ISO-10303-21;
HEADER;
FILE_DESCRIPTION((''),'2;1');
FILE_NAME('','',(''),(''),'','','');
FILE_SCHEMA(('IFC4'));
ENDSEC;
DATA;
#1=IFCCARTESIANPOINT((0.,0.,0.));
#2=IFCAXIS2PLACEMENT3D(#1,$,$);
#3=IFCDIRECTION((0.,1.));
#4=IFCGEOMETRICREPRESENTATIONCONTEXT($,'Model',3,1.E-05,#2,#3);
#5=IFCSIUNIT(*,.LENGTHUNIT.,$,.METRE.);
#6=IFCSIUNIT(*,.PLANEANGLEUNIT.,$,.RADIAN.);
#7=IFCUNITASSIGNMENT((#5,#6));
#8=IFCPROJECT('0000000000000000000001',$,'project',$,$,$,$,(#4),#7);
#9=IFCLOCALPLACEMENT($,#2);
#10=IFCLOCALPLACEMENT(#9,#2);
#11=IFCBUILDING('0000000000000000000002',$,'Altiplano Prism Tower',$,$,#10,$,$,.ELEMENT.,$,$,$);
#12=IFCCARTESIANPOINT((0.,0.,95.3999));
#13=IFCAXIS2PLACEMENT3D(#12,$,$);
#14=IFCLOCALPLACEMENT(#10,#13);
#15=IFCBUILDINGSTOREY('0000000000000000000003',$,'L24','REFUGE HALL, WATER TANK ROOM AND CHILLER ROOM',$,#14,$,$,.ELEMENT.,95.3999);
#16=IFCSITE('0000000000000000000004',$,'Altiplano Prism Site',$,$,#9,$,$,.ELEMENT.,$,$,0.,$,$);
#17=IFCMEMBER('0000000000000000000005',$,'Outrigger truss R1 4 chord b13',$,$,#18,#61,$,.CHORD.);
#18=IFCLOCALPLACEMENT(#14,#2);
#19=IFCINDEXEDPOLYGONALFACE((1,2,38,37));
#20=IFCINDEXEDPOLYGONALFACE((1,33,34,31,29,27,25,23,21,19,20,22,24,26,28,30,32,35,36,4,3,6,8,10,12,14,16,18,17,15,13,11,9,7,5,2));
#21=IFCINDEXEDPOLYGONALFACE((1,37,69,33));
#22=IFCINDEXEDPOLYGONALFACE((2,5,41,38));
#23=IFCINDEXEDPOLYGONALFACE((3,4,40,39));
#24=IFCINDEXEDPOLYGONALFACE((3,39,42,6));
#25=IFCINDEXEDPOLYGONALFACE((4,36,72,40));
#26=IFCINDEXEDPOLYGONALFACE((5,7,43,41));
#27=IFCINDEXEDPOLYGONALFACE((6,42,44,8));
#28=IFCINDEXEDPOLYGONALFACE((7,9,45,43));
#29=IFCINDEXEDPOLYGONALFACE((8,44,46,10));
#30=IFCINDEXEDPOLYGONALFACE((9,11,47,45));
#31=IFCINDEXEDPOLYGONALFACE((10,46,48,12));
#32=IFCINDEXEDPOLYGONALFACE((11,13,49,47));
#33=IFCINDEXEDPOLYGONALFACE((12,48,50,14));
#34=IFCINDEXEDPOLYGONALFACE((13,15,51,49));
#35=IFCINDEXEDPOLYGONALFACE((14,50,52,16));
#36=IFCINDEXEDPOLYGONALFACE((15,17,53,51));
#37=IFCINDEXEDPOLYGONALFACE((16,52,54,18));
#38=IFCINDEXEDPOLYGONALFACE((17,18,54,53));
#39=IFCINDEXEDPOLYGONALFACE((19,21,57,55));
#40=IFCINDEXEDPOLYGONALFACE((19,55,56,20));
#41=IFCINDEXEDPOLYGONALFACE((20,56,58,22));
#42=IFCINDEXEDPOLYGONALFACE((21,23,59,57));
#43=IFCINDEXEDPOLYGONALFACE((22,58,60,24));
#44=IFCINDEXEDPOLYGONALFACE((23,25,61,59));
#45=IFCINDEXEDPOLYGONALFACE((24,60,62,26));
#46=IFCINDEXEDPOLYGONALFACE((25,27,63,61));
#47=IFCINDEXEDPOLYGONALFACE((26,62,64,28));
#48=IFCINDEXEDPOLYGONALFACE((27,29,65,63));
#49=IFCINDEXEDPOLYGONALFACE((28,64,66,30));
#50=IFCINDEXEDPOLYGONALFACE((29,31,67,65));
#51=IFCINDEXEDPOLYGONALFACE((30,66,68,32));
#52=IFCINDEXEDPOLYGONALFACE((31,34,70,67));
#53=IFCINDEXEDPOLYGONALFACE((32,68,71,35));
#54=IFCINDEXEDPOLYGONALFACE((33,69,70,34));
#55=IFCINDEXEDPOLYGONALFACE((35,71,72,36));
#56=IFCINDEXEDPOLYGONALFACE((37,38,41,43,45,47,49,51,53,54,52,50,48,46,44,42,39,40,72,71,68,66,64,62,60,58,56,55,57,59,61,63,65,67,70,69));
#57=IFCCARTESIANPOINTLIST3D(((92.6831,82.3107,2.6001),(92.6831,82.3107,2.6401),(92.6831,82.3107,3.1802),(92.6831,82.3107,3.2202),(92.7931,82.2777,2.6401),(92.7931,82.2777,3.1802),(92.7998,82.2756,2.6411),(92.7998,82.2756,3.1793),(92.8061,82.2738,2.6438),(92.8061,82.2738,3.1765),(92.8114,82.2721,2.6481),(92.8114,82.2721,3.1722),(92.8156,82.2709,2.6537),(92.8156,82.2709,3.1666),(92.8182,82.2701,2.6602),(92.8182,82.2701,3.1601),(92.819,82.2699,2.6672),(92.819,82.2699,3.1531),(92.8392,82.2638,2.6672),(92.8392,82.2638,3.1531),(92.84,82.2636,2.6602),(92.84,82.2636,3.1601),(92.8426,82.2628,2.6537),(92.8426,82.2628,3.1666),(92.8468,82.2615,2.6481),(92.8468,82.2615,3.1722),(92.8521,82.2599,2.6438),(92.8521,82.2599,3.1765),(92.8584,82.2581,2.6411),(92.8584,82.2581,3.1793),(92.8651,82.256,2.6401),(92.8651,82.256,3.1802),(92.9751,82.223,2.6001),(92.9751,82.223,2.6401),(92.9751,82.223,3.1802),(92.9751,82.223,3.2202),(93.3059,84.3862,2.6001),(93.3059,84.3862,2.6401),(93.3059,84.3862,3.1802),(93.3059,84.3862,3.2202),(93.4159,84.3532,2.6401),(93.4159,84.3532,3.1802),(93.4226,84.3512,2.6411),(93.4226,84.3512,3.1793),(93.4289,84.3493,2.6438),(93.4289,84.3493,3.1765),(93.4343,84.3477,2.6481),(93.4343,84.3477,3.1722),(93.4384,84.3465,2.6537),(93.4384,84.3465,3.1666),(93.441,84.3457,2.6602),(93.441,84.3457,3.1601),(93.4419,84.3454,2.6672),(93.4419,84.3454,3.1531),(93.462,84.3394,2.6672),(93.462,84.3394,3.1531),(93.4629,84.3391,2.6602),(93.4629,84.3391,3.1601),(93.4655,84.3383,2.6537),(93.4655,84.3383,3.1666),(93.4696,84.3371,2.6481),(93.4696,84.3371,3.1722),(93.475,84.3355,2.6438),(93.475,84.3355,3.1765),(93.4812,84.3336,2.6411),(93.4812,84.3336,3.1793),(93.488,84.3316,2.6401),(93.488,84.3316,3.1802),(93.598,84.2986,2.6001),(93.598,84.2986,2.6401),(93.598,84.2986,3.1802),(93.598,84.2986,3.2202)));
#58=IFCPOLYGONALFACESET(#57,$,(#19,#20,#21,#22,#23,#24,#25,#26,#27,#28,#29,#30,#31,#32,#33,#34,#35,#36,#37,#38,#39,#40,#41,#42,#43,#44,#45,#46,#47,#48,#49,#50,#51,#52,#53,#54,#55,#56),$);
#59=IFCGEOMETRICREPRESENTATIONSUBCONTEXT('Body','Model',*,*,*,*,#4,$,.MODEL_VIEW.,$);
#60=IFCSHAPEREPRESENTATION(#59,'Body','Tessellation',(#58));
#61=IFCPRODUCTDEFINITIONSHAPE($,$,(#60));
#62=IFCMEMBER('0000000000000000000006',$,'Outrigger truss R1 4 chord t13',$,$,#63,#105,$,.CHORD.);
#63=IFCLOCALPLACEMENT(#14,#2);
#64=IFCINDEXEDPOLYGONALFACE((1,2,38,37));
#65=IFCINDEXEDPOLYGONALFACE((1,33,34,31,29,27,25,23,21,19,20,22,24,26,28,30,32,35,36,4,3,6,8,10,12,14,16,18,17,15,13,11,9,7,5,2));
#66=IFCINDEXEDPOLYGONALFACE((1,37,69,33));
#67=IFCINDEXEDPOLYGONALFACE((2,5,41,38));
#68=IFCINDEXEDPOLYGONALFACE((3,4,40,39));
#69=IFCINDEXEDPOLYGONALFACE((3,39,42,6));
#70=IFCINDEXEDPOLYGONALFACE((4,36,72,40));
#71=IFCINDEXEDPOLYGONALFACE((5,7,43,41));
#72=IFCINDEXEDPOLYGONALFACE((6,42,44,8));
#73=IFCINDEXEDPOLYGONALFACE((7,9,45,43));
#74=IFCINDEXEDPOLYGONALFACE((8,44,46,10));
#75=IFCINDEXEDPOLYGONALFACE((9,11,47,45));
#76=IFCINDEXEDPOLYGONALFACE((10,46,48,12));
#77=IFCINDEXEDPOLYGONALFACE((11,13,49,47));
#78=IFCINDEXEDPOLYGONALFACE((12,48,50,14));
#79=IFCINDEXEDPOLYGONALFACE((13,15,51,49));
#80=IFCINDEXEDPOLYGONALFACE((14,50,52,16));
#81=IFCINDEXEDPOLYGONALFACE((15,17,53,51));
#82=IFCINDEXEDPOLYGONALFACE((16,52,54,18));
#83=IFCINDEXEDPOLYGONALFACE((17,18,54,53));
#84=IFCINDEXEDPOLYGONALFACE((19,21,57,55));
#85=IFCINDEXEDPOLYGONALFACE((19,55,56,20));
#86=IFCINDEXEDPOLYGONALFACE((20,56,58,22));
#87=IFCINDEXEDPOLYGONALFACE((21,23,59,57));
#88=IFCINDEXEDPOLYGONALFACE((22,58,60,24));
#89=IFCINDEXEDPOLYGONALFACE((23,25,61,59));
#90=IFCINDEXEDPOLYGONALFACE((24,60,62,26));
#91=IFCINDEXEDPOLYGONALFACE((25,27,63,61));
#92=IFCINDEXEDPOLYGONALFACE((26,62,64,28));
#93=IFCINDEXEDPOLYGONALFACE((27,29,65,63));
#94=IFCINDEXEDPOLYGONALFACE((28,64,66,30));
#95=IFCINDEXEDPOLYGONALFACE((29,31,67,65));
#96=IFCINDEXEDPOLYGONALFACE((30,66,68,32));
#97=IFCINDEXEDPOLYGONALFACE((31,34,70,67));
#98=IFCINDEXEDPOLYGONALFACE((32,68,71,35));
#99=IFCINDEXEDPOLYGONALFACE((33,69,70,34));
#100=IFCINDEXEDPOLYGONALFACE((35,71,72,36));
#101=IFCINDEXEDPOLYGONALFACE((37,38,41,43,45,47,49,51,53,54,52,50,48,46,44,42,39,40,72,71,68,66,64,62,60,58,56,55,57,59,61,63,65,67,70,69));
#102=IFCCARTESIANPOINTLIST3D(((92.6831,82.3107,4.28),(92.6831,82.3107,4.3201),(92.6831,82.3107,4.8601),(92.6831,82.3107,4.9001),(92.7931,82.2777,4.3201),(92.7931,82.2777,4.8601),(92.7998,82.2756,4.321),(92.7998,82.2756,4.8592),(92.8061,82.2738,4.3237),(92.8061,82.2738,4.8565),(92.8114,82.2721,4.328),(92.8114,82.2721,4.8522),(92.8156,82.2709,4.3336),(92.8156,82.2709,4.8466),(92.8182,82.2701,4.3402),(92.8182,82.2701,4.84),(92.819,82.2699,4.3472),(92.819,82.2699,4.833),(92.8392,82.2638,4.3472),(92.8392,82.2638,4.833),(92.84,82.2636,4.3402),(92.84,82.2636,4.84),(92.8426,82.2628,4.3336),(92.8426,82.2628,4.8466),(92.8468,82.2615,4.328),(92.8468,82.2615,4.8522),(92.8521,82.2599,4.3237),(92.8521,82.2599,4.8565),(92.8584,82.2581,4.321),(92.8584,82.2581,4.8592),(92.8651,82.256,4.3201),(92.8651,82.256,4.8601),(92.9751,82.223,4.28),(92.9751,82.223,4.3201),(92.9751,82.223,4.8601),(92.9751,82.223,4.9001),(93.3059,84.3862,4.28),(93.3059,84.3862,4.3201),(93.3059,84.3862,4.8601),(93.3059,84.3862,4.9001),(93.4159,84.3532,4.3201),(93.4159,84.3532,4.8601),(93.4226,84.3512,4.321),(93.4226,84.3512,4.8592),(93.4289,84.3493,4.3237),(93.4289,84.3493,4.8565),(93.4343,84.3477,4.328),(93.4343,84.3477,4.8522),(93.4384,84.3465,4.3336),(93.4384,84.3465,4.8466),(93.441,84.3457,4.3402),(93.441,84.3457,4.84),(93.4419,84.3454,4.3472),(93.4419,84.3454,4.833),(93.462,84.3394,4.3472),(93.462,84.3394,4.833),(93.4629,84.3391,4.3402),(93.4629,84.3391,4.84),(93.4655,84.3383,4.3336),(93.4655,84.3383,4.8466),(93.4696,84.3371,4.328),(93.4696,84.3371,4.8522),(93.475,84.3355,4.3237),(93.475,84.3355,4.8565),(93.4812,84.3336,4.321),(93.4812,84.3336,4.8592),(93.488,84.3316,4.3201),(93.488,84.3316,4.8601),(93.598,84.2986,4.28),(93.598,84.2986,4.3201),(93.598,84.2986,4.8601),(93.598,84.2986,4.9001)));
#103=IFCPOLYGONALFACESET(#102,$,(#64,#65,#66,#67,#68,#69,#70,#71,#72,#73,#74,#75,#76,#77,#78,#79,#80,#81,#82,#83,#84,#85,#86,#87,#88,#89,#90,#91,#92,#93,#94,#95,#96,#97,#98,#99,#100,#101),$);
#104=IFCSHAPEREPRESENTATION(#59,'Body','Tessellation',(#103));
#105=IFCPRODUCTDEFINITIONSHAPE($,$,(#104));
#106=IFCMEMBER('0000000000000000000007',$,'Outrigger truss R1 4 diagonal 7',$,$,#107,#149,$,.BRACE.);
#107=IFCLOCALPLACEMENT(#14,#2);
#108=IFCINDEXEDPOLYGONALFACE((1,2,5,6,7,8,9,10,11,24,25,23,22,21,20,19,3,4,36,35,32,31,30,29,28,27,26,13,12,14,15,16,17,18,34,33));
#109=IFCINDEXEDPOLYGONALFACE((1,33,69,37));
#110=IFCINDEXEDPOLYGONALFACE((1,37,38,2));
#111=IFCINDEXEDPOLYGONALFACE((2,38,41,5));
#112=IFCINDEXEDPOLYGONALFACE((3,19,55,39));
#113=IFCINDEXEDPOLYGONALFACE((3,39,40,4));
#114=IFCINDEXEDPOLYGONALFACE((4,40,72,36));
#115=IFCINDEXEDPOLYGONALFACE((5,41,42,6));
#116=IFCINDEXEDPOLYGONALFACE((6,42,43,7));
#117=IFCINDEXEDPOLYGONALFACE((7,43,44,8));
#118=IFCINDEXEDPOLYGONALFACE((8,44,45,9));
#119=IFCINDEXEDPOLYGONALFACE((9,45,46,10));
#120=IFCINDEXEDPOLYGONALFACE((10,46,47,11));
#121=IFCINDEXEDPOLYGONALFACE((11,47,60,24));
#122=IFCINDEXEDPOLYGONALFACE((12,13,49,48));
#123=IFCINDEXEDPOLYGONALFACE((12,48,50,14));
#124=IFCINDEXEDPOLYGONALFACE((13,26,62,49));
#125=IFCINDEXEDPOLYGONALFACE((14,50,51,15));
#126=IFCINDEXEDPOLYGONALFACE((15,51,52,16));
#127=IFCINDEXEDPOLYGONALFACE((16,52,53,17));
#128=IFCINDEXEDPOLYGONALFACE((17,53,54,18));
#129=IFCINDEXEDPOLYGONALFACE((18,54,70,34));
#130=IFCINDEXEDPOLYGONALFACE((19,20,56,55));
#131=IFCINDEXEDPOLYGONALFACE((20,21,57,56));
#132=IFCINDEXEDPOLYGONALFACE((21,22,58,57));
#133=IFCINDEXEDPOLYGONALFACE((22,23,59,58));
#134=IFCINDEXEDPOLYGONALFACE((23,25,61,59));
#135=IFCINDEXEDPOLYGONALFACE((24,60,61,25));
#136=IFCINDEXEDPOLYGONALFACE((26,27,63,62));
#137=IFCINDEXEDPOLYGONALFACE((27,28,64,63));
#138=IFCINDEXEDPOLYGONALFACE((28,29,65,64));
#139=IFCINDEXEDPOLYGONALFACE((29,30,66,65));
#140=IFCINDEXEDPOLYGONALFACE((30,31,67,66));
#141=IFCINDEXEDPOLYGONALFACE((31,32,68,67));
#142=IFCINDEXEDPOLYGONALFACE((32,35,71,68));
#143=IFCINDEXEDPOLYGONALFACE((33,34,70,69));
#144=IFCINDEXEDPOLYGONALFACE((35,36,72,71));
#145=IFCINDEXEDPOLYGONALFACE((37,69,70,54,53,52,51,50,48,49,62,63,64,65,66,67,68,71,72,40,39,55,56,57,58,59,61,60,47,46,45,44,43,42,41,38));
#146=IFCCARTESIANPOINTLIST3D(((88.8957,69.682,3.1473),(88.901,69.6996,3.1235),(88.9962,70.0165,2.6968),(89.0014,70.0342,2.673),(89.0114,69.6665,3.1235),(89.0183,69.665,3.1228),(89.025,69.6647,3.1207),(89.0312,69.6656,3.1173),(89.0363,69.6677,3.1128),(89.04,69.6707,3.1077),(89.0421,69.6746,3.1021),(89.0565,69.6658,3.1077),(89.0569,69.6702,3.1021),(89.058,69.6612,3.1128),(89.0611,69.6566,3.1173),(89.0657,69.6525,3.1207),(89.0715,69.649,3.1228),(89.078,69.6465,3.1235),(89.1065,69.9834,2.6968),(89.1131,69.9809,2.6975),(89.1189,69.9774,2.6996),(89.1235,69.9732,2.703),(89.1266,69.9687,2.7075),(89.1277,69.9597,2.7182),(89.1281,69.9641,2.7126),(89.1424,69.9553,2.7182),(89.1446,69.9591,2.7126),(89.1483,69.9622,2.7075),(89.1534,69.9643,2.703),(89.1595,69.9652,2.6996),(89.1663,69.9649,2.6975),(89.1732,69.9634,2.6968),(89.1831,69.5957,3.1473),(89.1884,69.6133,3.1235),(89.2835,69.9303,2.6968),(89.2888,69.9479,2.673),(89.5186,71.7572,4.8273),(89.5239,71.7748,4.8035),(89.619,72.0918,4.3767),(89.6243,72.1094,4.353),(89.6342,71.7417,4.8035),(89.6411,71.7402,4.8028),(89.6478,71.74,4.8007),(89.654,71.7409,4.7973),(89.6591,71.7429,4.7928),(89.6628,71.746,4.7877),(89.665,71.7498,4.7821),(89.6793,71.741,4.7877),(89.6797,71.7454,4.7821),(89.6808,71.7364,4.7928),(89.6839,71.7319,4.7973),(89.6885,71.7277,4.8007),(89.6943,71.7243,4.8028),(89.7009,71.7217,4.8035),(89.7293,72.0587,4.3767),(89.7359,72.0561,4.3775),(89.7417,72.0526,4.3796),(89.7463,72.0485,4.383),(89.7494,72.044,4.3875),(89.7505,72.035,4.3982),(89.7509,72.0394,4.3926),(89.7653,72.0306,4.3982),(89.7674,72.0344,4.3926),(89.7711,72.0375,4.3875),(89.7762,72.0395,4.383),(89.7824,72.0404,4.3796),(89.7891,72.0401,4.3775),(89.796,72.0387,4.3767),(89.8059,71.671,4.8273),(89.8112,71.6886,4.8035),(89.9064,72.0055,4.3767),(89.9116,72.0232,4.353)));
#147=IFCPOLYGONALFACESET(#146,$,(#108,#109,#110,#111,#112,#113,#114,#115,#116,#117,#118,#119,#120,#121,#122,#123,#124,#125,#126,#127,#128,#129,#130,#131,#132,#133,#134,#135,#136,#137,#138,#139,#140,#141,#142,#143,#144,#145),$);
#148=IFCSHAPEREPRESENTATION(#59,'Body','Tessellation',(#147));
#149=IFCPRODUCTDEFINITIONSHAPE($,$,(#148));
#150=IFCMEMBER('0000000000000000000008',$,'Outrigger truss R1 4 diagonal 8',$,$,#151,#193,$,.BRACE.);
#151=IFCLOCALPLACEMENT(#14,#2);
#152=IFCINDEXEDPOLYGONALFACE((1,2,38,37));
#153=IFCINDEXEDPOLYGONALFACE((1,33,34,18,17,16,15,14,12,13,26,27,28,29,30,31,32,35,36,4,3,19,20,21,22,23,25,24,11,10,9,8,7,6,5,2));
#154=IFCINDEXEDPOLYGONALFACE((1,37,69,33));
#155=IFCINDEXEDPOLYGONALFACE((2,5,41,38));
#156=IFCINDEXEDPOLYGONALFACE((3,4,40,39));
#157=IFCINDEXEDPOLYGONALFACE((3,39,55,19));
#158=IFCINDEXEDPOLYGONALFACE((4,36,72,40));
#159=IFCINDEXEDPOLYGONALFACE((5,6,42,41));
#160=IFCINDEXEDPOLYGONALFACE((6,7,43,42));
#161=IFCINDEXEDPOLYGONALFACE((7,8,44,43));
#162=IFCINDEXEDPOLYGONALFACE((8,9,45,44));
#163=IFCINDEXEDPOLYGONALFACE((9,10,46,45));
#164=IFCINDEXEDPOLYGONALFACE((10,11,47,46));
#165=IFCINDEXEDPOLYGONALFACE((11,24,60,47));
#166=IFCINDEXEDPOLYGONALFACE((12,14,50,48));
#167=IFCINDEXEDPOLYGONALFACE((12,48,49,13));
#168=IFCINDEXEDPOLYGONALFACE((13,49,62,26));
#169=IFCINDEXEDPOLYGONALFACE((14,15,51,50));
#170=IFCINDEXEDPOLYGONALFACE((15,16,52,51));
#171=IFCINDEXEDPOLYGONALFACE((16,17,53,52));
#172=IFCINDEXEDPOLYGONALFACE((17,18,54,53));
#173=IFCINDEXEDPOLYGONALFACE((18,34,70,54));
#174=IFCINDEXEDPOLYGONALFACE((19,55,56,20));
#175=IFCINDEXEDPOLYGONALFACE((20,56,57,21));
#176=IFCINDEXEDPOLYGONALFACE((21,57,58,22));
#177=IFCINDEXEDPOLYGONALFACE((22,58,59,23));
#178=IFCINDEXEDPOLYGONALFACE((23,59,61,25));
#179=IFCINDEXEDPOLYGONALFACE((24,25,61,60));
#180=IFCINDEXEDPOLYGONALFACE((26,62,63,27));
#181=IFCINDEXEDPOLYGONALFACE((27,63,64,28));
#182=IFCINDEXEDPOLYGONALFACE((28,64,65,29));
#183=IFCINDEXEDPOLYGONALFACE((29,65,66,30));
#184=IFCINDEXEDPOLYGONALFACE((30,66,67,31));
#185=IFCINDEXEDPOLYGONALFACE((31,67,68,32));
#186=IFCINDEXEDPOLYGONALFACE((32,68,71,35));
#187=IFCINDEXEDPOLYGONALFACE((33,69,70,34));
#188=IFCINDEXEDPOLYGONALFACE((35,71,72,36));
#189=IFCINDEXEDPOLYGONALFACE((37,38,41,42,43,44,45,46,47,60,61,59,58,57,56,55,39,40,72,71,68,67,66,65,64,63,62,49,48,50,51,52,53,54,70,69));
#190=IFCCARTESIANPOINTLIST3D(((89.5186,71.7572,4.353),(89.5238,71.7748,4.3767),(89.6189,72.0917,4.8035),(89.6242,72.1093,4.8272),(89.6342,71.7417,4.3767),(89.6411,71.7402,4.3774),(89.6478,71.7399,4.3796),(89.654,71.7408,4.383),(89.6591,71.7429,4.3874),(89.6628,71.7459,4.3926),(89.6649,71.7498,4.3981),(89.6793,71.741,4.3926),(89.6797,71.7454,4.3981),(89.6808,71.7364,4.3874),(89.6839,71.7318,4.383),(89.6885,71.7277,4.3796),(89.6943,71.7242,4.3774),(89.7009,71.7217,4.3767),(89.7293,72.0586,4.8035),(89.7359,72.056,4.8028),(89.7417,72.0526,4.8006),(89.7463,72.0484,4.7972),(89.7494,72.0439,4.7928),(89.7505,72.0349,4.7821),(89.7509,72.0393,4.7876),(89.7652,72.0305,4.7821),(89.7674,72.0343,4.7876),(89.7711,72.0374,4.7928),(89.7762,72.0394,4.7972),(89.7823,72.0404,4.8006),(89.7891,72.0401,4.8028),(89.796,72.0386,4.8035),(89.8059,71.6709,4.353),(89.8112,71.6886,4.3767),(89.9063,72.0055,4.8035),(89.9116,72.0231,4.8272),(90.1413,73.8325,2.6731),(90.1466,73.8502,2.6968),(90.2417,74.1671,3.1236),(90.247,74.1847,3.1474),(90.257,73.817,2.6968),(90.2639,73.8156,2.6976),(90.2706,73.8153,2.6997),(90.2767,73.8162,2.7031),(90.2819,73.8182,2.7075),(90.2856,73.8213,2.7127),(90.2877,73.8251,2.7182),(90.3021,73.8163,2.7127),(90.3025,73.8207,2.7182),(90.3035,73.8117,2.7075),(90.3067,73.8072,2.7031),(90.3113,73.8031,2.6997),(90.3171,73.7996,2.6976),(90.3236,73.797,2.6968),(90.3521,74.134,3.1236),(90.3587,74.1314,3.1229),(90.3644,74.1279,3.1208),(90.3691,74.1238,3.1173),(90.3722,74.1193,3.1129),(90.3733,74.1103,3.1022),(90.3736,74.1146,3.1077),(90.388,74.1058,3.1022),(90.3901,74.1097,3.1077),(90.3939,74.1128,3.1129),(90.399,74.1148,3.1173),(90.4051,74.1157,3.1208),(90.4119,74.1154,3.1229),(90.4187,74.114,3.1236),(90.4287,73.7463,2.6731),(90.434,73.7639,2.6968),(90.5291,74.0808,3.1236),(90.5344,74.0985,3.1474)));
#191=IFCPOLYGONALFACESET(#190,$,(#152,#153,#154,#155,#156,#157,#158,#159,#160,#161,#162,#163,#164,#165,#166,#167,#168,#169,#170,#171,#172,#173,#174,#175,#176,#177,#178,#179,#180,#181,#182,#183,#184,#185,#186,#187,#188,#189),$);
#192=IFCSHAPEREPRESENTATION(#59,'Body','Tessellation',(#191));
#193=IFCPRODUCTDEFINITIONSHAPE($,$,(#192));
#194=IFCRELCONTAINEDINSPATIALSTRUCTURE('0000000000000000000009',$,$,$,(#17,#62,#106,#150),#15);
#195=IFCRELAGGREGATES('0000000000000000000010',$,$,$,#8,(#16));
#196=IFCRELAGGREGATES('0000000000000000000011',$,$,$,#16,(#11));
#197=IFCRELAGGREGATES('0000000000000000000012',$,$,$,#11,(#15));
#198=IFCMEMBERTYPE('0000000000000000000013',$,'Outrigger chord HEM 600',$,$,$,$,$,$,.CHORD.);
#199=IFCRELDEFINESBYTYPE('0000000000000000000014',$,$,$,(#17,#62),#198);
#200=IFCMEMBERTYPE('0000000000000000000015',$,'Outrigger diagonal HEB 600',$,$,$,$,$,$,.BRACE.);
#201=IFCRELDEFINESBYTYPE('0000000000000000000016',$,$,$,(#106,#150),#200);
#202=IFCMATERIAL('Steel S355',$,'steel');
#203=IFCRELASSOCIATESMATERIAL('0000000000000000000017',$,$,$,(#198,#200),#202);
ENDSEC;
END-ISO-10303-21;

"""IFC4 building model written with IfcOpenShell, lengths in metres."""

from ifc_helpers import new_model, si_unit, direction, frame, origin, origin_2d, place, context, subcontext, project, spatial, i_section, extrude, material, material_profile, profile_set, type_object, element, save


model = new_model("IFC4")

# Units and contexts
model_context = context("Model", 3, precision=1e-05, world=origin(), true_north=direction((0.0, 1.0)))
body_context = subcontext(model_context, "Body", "Model", "MODEL_VIEW")
ifc_project = project(units=[si_unit("LENGTHUNIT", "METRE"), si_unit("PLANEANGLEUNIT", "RADIAN")], contexts=[model_context])

# Site, building, storey
site_placement = place(None, origin())
site = spatial("IfcSite", under=ifc_project, at=site_placement, Name="Altiplano Prism Site", CompositionType="ELEMENT", RefElevation=0.0)
building_placement = place(site_placement, origin())
building = spatial("IfcBuilding", under=site, at=building_placement, Name="Altiplano Prism Tower", CompositionType="ELEMENT")
storey_placement = place(building_placement, frame((0.0, 0.0, 95.3999)))
storey = spatial("IfcBuildingStorey", under=building, at=storey_placement, Name="L24", Description="REFUGE HALL, WATER TANK ROOM AND CHILLER ROOM", CompositionType="ELEMENT", Elevation=95.3999)

# Members
ifc_material_1 = material(Name="Steel S355", Category="steel")
ifc_material_profile_1 = material_profile(ifc_material_1, i_section(OverallWidth=0.3049, OverallDepth=0.6201, WebThickness=0.021, FlangeThickness=0.04, FilletRadius=0.0271, at=origin_2d()), Name="Outrigger chord HEM 600")
ifc_profile_set_1 = profile_set([ifc_material_profile_1], Name="Steel S355")
member_type_1 = type_object("IfcMemberType", Name="Outrigger chord HEM 600", PredefinedType="CHORD", material=ifc_profile_set_1)
for number, where, z_axis, x_axis, name in (
    (1, (92.8291, 82.2668, 2.9102), (0.28742, 0.957805, 0.0), (-0.957805, 0.28742, 0.0), "Outrigger truss R1 4 chord b13"),
    (2, (92.8291, 82.2668, 4.5901), (0.28742, 0.957805, 0.0), (-0.957805, 0.28742, 0.0), "Outrigger truss R1 4 chord t13"),
):
    element("IfcMember", number, at=place(storey_placement, frame(where, z_axis=z_axis, x_axis=x_axis)), inside=storey, type_object=member_type_1, Name=name, PredefinedType="CHORD", context=body_context, shape_type="SweptSolid", body=[
        extrude(i_section(OverallWidth=0.3049, OverallDepth=0.6201, WebThickness=0.021, FlangeThickness=0.04, FilletRadius=0.0271, at=origin_2d()), origin(), (0.0, 0.0, 1.0), 2.167),
    ])
ifc_material_profile_2 = material_profile(ifc_material_1, i_section(OverallWidth=0.3, OverallDepth=0.6001, WebThickness=0.0154, FlangeThickness=0.03, FilletRadius=0.0271, at=origin_2d()), Name="Outrigger diagonal HEB 600")
ifc_profile_set_2 = profile_set([ifc_material_profile_2], Name="Steel S355")
member_type_2 = type_object("IfcMemberType", Name="Outrigger diagonal HEB 600", PredefinedType="BRACE", material=ifc_profile_set_2)
for number, where, z_axis, x_axis, name in (
    (3, (89.0923, 69.8149, 2.9102), (0.227166, 0.756923, 0.612751), (-0.957795, 0.287451, 0.0), "Outrigger truss R1 4 diagonal 7"),
    (4, (89.7151, 71.8901, 4.5901), (0.227151, 0.756961, -0.61271), (-0.957805, 0.28742, 0.0), "Outrigger truss R1 4 diagonal 8"),
):
    element("IfcMember", number, at=place(storey_placement, frame(where, z_axis=z_axis, x_axis=x_axis)), inside=storey, type_object=member_type_2, Name=name, PredefinedType="BRACE", context=body_context, shape_type="SweptSolid", body=[
        extrude(i_section(OverallWidth=0.3, OverallDepth=0.6001, WebThickness=0.0154, FlangeThickness=0.03, FilletRadius=0.0271, at=origin_2d()), origin(), (0.0, 0.0, 1.0), 2.7417),
    ])

save(model, "model.ifc")
